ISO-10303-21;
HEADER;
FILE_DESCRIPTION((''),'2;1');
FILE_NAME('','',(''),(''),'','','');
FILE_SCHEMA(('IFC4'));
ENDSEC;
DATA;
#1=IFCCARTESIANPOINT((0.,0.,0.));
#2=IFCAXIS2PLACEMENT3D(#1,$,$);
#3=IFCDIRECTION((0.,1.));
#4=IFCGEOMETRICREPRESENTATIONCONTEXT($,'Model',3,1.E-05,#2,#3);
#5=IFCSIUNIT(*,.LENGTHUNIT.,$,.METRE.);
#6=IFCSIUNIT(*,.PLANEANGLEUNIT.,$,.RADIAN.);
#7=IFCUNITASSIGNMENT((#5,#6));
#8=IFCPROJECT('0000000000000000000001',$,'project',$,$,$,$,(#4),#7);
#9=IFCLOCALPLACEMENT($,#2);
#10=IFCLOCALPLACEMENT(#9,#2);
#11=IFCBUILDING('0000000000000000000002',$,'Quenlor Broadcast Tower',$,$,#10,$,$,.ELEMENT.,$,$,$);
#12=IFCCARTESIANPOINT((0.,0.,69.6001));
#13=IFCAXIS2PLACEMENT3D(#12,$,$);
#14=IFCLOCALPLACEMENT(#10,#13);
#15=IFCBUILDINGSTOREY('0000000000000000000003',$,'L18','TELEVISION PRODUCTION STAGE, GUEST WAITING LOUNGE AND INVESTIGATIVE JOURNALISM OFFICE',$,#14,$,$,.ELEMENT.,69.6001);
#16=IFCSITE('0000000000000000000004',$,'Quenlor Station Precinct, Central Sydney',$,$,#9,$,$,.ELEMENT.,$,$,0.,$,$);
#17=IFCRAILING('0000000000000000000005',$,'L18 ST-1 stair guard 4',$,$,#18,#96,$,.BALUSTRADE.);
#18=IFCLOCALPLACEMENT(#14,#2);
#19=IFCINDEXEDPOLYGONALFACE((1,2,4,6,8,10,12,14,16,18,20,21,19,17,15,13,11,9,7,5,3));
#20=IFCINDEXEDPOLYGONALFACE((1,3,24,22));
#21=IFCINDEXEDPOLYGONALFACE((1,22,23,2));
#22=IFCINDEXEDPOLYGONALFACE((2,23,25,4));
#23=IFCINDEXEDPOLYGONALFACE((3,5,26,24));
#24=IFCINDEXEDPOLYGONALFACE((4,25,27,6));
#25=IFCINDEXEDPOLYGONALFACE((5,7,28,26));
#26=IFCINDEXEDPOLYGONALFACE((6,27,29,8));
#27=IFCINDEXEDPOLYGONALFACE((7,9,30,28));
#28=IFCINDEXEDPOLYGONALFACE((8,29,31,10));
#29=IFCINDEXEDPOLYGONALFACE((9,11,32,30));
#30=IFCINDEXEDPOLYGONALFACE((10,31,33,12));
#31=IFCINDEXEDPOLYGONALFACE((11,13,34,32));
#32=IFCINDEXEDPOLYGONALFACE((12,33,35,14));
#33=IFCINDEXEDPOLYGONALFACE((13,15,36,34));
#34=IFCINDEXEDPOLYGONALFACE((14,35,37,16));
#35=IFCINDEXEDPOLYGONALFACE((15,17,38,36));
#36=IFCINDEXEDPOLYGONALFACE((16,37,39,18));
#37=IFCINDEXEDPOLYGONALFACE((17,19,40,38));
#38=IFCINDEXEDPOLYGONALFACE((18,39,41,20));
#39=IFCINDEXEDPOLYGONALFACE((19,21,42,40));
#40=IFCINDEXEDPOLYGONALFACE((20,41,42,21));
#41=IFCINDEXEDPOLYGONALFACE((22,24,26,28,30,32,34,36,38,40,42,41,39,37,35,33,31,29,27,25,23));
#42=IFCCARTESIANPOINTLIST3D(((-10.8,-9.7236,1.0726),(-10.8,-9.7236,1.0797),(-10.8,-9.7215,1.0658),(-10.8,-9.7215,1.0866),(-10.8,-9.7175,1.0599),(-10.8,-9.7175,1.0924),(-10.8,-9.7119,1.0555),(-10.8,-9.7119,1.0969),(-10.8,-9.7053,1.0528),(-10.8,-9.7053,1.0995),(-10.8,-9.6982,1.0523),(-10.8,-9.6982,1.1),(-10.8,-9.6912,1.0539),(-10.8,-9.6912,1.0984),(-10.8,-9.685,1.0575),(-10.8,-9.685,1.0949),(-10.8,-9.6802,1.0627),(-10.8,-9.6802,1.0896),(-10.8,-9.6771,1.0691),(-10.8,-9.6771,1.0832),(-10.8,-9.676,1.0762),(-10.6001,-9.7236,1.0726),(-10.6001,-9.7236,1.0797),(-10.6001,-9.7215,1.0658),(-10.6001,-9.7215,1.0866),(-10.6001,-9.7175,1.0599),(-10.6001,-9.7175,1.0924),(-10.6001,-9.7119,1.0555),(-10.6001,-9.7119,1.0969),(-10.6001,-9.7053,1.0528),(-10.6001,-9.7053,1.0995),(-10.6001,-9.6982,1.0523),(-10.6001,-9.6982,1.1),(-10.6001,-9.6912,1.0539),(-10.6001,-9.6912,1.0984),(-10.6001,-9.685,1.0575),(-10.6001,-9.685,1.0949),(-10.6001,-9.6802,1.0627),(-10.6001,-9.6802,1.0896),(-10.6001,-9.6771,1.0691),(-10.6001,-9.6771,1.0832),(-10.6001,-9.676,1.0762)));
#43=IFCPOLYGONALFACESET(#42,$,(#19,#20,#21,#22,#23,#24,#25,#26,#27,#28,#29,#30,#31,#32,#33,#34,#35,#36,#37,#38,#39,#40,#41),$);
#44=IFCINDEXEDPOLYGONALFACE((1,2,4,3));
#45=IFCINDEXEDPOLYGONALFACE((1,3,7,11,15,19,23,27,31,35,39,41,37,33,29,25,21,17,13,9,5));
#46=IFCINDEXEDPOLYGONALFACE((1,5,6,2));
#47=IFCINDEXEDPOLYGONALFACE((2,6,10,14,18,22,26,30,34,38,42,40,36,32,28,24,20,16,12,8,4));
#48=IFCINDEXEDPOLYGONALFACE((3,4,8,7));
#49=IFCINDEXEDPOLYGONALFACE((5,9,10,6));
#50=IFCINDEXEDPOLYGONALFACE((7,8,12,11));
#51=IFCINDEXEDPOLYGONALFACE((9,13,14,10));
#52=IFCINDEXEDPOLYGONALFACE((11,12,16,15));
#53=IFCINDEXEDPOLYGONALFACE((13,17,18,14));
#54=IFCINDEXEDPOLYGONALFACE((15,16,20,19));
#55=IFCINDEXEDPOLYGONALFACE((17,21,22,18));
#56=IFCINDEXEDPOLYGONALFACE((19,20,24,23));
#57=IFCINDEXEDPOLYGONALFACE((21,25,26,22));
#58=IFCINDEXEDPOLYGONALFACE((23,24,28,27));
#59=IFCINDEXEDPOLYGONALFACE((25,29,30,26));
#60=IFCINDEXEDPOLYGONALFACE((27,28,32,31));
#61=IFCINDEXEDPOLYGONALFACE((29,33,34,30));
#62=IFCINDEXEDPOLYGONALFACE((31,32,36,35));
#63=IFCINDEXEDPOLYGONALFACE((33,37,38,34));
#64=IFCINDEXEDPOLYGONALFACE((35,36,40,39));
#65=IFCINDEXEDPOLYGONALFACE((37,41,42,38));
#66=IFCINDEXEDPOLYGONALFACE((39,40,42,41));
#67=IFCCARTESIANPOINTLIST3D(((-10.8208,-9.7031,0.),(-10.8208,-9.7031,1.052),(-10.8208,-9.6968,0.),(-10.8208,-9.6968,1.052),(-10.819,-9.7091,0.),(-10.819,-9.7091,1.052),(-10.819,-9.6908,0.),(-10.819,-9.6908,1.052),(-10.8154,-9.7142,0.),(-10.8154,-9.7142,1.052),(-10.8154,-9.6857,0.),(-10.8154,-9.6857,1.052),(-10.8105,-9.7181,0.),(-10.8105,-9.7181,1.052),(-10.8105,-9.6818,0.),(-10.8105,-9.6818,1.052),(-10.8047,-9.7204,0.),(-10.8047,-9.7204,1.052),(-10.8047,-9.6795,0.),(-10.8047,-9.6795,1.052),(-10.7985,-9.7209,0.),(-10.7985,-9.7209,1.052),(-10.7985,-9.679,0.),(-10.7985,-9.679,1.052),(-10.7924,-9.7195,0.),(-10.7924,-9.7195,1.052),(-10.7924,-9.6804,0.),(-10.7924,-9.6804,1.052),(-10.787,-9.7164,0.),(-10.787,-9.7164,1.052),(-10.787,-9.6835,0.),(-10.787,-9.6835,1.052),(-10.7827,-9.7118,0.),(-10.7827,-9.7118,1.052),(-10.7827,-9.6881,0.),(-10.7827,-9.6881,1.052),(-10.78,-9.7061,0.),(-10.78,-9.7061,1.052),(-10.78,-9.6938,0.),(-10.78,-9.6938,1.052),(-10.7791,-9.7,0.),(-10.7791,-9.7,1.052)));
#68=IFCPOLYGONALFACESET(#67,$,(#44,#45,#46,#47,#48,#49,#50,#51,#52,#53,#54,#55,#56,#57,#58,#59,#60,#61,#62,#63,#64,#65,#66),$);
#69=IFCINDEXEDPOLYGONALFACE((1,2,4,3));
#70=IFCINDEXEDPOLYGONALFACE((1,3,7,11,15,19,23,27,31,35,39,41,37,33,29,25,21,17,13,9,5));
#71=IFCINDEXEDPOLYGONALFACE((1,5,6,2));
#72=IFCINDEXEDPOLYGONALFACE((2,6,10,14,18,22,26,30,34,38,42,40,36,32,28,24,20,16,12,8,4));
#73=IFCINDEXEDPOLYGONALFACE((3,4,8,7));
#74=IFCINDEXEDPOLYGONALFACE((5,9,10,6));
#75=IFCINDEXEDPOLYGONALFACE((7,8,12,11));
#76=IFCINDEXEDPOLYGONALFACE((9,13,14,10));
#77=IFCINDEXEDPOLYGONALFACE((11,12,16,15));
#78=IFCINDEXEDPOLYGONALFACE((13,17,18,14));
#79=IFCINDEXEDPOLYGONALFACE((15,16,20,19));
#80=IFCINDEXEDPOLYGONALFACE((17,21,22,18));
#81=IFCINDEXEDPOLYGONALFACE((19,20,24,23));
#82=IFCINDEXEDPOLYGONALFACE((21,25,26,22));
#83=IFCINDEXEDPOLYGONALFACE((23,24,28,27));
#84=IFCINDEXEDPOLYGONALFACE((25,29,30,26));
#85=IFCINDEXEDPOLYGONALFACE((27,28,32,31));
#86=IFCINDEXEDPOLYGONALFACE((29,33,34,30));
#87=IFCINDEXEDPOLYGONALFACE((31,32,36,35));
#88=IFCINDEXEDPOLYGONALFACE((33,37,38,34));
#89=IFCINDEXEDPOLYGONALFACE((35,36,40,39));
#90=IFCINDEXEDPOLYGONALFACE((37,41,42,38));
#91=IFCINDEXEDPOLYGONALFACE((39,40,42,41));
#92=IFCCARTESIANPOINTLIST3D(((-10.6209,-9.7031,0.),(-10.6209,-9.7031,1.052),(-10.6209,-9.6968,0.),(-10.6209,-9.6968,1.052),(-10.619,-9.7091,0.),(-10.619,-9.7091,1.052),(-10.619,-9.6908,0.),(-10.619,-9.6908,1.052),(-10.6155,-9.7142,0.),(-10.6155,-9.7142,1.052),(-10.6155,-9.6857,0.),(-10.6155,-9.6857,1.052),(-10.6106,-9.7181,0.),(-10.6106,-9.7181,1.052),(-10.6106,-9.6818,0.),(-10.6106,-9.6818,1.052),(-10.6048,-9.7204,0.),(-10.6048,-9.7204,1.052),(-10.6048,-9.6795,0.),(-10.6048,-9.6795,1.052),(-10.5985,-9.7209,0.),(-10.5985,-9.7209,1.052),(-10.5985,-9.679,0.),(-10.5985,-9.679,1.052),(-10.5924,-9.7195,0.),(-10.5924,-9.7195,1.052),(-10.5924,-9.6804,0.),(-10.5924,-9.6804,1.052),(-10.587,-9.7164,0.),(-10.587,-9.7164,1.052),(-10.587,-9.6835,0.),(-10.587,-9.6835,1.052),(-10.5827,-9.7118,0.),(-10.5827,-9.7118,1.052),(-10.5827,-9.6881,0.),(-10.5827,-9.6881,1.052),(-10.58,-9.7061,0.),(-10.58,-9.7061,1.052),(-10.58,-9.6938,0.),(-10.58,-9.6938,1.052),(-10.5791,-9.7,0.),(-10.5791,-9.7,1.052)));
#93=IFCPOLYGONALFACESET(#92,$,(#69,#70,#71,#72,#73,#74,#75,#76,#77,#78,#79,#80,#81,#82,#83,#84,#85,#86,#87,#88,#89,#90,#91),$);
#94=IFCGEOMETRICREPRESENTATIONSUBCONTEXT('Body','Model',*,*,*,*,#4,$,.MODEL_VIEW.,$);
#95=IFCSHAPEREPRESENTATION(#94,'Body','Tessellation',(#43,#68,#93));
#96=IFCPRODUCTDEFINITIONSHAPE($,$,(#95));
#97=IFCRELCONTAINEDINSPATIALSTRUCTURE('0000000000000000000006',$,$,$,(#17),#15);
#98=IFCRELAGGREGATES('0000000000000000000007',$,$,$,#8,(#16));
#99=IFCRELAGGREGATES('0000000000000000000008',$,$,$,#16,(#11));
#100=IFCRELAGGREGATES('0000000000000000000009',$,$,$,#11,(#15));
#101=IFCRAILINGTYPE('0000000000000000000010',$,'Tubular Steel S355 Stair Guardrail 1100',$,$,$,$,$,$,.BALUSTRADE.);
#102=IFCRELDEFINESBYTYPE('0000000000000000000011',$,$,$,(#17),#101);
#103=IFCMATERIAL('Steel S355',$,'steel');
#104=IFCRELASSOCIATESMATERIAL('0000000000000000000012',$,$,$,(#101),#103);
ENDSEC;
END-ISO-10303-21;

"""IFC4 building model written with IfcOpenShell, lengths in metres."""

from ifc_helpers import new_model, si_unit, direction, frame, origin, origin_2d, place, context, subcontext, project, spatial, circle, extrude, material, type_object, element, save


model = new_model("IFC4")

# Units and contexts
model_context = context("Model", 3, precision=1e-05, world=origin(), true_north=direction((0.0, 1.0)))
body_context = subcontext(model_context, "Body", "Model", "MODEL_VIEW")
ifc_project = project(units=[si_unit("LENGTHUNIT", "METRE"), si_unit("PLANEANGLEUNIT", "RADIAN")], contexts=[model_context])

# Site, building, storey
site_placement = place(None, origin())
site = spatial("IfcSite", under=ifc_project, at=site_placement, Name="Quenlor Station Precinct, Central Sydney", CompositionType="ELEMENT", RefElevation=0.0)
building_placement = place(site_placement, origin())
building = spatial("IfcBuilding", under=site, at=building_placement, Name="Quenlor Broadcast Tower", CompositionType="ELEMENT")
storey_placement = place(building_placement, frame((0.0, 0.0, 69.6001)))
storey = spatial("IfcBuildingStorey", under=building, at=storey_placement, Name="L18", Description="TELEVISION PRODUCTION STAGE, GUEST WAITING LOUNGE AND INVESTIGATIVE JOURNALISM OFFICE", CompositionType="ELEMENT", Elevation=69.6001)

# Railing
ifc_material_1 = material(Name="Steel S355", Category="steel")
railing_type_1 = type_object("IfcRailingType", Name="Tubular Steel S355 Stair Guardrail 1100", PredefinedType="BALUSTRADE", material=ifc_material_1)
railing_1_placement = place(storey_placement, frame((-10.8, -9.7, 0.0)))
element("IfcRailing", 1, at=railing_1_placement, inside=storey, type_object=railing_type_1, Name="L18 ST-1 stair guard 4", PredefinedType="BALUSTRADE", context=body_context, shape_type="SweptSolid", body=[
    extrude(circle(Radius=0.0239, at=origin_2d()), frame((0.0, 0.0, 1.0762), z_axis=(1.0, 0.0, 0.0), x_axis=(0.0, 1.0, 0.0)), (0.0, 0.0, 1.0), 0.2),
    extrude(circle(Radius=0.021, at=origin_2d()), origin(), (0.0, 0.0, 1.0), 1.052),
    extrude(circle(Radius=0.021, at=origin_2d()), frame((0.2, 0.0, 0.0)), (0.0, 0.0, 1.0), 1.052),
])

save(model, "model.ifc")
